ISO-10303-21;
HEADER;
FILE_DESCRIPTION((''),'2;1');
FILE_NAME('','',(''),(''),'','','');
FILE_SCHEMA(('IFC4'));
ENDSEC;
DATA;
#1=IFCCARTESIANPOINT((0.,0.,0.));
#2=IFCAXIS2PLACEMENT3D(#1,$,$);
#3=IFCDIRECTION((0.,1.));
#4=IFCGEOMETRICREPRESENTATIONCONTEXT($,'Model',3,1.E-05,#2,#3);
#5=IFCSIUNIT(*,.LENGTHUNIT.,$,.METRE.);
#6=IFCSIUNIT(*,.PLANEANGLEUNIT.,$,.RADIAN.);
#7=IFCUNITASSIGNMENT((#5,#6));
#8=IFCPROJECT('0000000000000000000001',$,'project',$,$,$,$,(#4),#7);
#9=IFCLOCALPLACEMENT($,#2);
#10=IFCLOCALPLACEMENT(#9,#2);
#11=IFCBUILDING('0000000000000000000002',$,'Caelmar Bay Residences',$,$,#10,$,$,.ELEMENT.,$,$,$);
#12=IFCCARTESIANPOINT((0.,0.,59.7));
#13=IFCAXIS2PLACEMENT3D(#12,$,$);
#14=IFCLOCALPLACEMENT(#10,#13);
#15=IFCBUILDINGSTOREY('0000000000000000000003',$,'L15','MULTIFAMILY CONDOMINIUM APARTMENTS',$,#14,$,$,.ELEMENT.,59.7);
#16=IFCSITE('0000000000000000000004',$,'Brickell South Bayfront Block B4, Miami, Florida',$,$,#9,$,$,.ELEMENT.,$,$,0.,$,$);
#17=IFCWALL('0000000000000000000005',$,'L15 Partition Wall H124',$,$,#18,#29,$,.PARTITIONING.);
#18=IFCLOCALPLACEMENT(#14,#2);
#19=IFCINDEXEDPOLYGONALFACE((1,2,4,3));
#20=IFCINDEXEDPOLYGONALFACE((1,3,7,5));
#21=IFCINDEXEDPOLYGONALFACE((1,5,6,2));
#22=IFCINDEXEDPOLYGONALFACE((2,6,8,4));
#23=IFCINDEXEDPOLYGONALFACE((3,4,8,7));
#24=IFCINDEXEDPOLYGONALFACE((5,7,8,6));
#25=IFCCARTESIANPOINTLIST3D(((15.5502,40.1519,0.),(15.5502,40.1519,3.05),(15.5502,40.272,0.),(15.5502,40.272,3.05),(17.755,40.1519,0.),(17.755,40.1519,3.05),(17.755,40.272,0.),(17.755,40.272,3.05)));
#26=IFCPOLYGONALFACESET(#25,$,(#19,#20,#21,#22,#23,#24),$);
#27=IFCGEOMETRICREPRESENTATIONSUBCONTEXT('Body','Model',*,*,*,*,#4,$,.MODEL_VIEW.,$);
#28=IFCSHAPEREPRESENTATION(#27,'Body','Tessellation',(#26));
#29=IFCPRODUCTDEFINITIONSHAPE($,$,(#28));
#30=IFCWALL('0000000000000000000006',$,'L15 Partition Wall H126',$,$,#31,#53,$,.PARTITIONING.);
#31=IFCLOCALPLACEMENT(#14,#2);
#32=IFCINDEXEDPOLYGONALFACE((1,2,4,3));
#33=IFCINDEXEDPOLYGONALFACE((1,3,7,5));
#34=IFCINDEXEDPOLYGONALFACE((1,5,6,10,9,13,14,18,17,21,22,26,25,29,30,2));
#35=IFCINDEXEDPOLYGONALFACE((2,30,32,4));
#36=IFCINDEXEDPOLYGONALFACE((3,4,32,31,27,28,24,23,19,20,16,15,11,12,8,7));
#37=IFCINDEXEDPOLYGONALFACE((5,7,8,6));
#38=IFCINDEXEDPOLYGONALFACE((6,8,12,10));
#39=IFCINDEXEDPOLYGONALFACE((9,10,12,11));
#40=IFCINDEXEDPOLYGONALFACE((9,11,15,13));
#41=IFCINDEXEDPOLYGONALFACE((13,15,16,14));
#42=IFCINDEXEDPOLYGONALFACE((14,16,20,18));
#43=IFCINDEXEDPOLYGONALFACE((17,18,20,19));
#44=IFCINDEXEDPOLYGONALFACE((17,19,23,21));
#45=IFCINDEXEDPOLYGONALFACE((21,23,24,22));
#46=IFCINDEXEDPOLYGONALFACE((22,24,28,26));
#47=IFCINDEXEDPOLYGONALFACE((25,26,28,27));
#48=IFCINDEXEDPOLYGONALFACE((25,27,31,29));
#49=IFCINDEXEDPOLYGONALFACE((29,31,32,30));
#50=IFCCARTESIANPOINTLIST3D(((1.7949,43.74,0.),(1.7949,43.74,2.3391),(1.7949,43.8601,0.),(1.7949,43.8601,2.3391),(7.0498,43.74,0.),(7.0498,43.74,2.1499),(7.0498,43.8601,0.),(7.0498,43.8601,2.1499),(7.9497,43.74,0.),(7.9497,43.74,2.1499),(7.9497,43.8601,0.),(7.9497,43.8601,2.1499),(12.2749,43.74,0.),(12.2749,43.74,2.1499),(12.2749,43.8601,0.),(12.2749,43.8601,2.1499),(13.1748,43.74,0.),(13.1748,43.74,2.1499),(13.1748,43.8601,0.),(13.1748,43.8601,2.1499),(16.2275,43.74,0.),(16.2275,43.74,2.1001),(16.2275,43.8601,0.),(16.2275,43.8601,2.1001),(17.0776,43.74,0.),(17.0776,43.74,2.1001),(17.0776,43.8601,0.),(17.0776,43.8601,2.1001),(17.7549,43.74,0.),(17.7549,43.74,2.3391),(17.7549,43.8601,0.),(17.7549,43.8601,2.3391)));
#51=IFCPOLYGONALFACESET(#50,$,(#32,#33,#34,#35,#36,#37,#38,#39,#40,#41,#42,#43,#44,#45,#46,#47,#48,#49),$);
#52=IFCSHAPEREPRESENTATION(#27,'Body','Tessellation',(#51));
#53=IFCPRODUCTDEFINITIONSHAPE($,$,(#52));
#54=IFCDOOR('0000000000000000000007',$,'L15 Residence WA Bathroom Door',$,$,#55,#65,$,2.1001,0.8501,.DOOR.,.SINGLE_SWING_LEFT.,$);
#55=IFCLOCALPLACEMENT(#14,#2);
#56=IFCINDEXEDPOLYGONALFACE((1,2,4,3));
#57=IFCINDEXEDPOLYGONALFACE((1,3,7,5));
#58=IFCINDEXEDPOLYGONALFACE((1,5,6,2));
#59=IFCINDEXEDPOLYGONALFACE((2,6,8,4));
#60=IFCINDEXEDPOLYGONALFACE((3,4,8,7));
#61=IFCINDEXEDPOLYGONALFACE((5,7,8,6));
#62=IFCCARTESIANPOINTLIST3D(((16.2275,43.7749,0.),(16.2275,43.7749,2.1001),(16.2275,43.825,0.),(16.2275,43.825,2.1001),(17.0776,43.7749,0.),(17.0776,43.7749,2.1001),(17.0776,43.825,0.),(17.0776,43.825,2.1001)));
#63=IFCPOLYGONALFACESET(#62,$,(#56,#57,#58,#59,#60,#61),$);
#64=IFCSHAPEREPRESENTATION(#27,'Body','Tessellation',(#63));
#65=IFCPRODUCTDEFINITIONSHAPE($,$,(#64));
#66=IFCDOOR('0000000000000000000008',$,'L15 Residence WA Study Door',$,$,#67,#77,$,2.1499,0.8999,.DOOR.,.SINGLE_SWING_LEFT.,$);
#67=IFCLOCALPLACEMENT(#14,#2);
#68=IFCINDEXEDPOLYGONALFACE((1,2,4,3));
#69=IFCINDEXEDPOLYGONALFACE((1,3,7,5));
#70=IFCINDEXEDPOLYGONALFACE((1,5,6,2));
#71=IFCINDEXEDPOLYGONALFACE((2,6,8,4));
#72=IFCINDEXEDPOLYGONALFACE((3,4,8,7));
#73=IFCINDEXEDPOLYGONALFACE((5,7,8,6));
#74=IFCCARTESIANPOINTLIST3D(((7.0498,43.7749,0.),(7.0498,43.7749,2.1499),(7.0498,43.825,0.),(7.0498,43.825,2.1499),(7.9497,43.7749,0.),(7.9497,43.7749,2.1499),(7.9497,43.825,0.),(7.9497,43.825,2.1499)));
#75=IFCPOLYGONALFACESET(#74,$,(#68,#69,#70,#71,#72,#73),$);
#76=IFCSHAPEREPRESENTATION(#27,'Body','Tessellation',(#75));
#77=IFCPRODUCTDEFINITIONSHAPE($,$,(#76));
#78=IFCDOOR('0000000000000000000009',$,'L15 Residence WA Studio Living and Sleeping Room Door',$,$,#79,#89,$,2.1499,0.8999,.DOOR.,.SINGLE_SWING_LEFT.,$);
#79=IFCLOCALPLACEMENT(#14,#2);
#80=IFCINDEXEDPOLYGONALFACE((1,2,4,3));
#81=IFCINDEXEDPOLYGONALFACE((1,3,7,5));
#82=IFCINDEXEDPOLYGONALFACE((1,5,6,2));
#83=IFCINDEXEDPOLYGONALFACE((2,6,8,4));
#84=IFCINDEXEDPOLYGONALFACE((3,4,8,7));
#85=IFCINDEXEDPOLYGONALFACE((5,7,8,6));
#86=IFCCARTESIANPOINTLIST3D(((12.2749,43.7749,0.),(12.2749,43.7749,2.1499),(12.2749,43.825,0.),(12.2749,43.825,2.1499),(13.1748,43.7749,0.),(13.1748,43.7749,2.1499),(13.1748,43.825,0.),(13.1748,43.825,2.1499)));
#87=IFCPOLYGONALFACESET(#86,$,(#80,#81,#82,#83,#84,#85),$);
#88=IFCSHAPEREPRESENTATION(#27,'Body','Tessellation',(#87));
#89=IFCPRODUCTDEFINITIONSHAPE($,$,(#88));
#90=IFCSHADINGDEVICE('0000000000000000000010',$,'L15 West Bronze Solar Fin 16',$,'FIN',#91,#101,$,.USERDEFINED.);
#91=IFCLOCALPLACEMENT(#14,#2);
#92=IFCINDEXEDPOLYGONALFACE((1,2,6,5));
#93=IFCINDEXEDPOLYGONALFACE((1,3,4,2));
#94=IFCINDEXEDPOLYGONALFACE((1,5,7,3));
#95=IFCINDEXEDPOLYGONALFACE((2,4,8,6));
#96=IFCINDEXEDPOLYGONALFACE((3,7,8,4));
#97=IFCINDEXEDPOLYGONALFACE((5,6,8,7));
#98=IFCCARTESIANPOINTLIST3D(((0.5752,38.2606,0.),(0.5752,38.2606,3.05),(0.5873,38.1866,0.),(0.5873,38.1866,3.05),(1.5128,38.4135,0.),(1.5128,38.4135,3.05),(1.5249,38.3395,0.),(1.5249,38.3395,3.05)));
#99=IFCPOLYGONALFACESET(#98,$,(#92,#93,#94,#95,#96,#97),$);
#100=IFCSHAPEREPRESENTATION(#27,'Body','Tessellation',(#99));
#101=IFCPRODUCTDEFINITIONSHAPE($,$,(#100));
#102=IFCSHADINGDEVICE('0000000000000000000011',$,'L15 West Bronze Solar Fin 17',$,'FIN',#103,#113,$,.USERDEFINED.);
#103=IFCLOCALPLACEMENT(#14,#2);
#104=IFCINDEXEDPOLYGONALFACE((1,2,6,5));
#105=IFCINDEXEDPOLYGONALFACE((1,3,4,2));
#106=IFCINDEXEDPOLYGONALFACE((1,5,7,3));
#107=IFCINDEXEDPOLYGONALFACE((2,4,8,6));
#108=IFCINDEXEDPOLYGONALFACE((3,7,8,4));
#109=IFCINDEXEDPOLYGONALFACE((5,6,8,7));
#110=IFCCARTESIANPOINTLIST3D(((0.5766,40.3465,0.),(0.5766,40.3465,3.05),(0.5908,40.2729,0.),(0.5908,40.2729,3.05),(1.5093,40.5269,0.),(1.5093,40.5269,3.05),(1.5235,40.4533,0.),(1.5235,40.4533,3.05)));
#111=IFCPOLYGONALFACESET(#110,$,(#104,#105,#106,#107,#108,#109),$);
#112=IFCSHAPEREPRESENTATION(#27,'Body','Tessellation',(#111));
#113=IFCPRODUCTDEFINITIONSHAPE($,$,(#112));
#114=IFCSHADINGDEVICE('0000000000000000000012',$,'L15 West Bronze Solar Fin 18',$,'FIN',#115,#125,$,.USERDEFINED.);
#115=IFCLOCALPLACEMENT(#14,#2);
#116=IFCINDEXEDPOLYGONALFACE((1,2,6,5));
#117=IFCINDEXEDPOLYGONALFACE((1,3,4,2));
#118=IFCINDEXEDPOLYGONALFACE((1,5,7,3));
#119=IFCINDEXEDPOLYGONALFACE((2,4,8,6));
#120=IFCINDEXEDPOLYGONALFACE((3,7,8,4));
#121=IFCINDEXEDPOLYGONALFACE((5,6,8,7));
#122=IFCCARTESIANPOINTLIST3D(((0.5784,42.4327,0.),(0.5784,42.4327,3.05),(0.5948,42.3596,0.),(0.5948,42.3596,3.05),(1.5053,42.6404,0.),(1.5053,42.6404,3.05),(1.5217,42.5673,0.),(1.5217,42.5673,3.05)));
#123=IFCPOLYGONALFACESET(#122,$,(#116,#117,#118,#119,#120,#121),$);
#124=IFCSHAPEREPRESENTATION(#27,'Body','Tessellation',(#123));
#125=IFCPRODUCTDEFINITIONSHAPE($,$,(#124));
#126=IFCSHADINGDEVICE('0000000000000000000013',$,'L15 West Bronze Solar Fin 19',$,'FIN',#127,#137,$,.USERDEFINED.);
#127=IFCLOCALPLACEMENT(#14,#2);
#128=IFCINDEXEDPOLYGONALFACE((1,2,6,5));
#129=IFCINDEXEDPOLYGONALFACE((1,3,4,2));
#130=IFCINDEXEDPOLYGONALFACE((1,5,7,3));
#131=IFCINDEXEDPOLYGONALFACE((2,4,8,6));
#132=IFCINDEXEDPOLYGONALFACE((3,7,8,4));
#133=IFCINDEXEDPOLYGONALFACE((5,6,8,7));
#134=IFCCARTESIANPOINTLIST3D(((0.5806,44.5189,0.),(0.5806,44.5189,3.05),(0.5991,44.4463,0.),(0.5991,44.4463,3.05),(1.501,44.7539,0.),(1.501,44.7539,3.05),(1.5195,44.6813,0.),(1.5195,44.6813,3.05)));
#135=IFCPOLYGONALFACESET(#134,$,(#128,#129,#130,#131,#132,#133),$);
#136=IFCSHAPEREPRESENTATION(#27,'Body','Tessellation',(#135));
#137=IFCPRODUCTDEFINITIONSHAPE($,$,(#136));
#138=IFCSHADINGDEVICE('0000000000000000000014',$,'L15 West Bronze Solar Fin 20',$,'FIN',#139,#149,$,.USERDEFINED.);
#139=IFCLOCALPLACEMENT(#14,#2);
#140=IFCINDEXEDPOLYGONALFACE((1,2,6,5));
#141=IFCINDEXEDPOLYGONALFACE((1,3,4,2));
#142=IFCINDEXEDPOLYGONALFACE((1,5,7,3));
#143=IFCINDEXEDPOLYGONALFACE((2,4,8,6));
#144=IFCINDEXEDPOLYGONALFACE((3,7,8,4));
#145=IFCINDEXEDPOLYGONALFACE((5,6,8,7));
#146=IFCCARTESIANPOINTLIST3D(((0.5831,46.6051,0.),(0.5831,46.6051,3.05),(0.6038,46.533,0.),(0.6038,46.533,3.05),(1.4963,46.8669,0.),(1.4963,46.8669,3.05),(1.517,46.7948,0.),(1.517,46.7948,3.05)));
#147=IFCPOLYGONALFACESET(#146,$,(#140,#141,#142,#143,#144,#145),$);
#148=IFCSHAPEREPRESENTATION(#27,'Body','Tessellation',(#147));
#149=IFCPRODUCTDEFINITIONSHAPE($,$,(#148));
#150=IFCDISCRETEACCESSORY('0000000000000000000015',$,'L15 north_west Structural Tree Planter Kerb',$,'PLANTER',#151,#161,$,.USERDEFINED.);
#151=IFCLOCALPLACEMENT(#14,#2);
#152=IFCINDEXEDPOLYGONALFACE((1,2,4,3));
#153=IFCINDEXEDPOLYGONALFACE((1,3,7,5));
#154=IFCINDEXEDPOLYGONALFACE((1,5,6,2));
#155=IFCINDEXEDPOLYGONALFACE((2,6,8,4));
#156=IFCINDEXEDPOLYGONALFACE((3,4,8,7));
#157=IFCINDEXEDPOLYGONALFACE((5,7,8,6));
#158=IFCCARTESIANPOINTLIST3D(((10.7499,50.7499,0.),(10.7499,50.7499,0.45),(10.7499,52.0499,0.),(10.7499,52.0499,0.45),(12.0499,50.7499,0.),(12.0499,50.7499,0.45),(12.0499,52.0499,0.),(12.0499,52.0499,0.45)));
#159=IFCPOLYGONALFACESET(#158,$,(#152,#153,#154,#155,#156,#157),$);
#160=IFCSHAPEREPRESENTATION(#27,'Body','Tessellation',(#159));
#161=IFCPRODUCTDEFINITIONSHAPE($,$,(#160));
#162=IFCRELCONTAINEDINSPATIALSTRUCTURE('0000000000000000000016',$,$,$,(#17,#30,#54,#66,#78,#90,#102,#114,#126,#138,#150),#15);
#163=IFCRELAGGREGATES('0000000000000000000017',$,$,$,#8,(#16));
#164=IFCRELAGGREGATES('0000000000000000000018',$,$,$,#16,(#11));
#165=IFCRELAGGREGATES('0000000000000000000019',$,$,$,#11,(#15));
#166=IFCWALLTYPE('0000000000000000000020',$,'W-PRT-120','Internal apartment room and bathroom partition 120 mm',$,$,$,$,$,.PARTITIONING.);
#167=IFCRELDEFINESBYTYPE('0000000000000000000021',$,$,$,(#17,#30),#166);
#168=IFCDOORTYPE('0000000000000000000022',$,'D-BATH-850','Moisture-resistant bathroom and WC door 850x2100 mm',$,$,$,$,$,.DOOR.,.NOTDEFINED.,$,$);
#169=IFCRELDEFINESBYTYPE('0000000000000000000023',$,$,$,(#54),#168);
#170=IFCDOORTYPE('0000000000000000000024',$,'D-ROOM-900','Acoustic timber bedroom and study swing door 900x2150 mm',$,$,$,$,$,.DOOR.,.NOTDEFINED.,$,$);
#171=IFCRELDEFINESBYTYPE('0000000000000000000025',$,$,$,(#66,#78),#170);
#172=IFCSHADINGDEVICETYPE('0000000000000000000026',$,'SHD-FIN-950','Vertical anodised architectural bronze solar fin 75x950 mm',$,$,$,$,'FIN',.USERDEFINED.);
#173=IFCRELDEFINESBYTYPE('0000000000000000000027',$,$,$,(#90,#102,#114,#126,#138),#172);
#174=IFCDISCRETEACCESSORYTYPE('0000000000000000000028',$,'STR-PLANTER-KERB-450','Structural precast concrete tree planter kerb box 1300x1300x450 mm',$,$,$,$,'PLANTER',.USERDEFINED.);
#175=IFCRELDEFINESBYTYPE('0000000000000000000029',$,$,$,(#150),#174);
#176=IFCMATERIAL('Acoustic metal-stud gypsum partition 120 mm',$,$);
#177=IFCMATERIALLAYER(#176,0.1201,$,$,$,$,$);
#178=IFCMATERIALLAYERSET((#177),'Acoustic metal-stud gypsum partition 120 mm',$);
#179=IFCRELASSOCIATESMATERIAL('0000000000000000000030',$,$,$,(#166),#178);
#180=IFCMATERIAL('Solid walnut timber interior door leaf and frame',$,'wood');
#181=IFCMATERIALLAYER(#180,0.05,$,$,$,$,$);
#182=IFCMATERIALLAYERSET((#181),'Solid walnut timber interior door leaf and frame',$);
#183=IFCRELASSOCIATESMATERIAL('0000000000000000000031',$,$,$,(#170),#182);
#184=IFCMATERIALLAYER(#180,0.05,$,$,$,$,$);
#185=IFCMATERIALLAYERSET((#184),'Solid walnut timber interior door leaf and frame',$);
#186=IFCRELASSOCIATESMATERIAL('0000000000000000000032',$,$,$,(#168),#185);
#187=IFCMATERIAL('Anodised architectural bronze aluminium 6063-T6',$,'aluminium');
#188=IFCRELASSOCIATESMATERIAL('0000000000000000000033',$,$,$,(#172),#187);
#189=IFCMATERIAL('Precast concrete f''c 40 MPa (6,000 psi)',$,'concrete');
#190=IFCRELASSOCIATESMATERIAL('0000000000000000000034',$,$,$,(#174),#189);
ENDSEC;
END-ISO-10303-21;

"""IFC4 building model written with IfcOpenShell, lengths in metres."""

from ifc_helpers import new_model, si_unit, direction, frame, frame_2d, origin, origin_2d, place, context, subcontext, project, spatial, rectangle, extrude, material, layer, layer_set, material_profile, profile_set, type_object, element, fill, save


model = new_model("IFC4")

# Units and contexts
model_context = context("Model", 3, precision=1e-05, world=origin(), true_north=direction((0.0, 1.0)))
body_context = subcontext(model_context, "Body", "Model", "MODEL_VIEW")
ifc_project = project(units=[si_unit("LENGTHUNIT", "METRE"), si_unit("PLANEANGLEUNIT", "RADIAN")], contexts=[model_context])

# Site, building, storey
site_placement = place(None, origin())
site = spatial("IfcSite", under=ifc_project, at=site_placement, Name="Brickell South Bayfront Block B4, Miami, Florida", CompositionType="ELEMENT", RefElevation=0.0)
building_placement = place(site_placement, origin())
building = spatial("IfcBuilding", under=site, at=building_placement, Name="Caelmar Bay Residences", CompositionType="ELEMENT")
storey_placement = place(building_placement, frame((0.0, 0.0, 59.7)))
storey = spatial("IfcBuildingStorey", under=building, at=storey_placement, Name="L15", Description="MULTIFAMILY CONDOMINIUM APARTMENTS", CompositionType="ELEMENT", Elevation=59.7)

# Shared definitions
ifc_material_1 = material(Name="Precast concrete f'c 40 MPa (6,000 psi)", Category="concrete")

# Shared definitions
ifc_material_2 = material(Name="Acoustic metal-stud gypsum partition 120 mm")
ifc_layer_1 = layer(ifc_material_2, 0.1201)
ifc_layer_set_1 = layer_set([ifc_layer_1], Name="Acoustic metal-stud gypsum partition 120 mm")
wall_type_1 = type_object("IfcWallType", Name="W-PRT-120", Description="Internal apartment room and bathroom partition 120 mm", PredefinedType="PARTITIONING", material=ifc_layer_set_1)
ifc_material_3 = material(Name="Solid walnut timber interior door leaf and frame", Category="wood")
ifc_layer_2 = layer(ifc_material_3, 0.05)
ifc_layer_set_2 = layer_set([ifc_layer_2], Name="Solid walnut timber interior door leaf and frame")
door_type_1 = type_object("IfcDoorType", Name="D-ROOM-900", Description="Acoustic timber bedroom and study swing door 900x2150 mm", OperationType="NOTDEFINED", PredefinedType="DOOR", material=ifc_layer_set_2)

# Wall
wall_1_placement = place(storey_placement, frame((15.55, 40.2119, 0.0), z_axis=(0.0, 0.0, 1.0), x_axis=(1.0, 0.0, 0.0)))
element("IfcWall", 1, at=wall_1_placement, inside=storey, type_object=wall_type_1, Name="L15 Partition Wall H124", PredefinedType="PARTITIONING", context=body_context, shape_type="SweptSolid", body=[
    extrude(rectangle(XDim=2.2048, YDim=0.1201, at=frame_2d((1.1025, 0.0))), origin(), (0.0, 0.0, 1.0), 3.05),
])

# Wall, openings, doors
wall_2_placement = place(storey_placement, frame((1.7949, 43.8, 0.0), z_axis=(0.0, 0.0, 1.0), x_axis=(1.0, 0.0, 0.0)))
wall_2 = element("IfcWall", 2, at=wall_2_placement, inside=storey, type_object=wall_type_1, Name="L15 Partition Wall H126", PredefinedType="PARTITIONING", context=body_context, shape_type="SweptSolid", body=[
    extrude(rectangle(XDim=15.96, YDim=0.1201, at=frame_2d((7.98, 0.0))), origin(), (0.0, 0.0, 1.0), 2.3391),
])
opening_1_placement = place(wall_2_placement, frame((5.2549, 0.0, 0.0)))
opening_1 = element("IfcOpeningElement", 3, at=opening_1_placement, cuts=wall_2, PredefinedType="OPENING", context=body_context, shape_type="SweptSolid", body=[
    extrude(rectangle(XDim=0.8999, YDim=2.1499, at=frame_2d((0.45, 1.075))), frame((0.0, 0.0701, 0.0), z_axis=(0.0, -1.0, 0.0), x_axis=(1.0, 0.0, 0.0)), (0.0, 0.0, 1.0), 0.1401),
])
opening_2_placement = place(wall_2_placement, frame((10.48, 0.0, 0.0)))
opening_2 = element("IfcOpeningElement", 4, at=opening_2_placement, cuts=wall_2, PredefinedType="OPENING", context=body_context, shape_type="SweptSolid", body=[
    extrude(rectangle(XDim=0.8999, YDim=2.1499, at=frame_2d((0.45, 1.075))), frame((0.0, 0.0701, 0.0), z_axis=(0.0, -1.0, 0.0), x_axis=(1.0, 0.0, 0.0)), (0.0, 0.0, 1.0), 0.1401),
])
opening_3_placement = place(wall_2_placement, frame((14.4326, 0.0, 0.0)))
opening_3 = element("IfcOpeningElement", 5, at=opening_3_placement, cuts=wall_2, PredefinedType="OPENING", context=body_context, shape_type="SweptSolid", body=[
    extrude(rectangle(XDim=0.8501, YDim=2.1001, at=frame_2d((0.425, 1.05))), frame((0.0, 0.0701, 0.0), z_axis=(0.0, -1.0, 0.0), x_axis=(1.0, 0.0, 0.0)), (0.0, 0.0, 1.0), 0.1401),
])
ifc_layer_3 = layer(ifc_material_3, 0.05)
ifc_layer_set_3 = layer_set([ifc_layer_3], Name="Solid walnut timber interior door leaf and frame")
door_type_2 = type_object("IfcDoorType", Name="D-BATH-850", Description="Moisture-resistant bathroom and WC door 850x2100 mm", OperationType="NOTDEFINED", PredefinedType="DOOR", material=ifc_layer_set_3)
door_1_placement = place(opening_3_placement, origin())
door_1 = element("IfcDoor", 6, at=door_1_placement, inside=storey, type_object=door_type_2, Name="L15 Residence WA Bathroom Door", OperationType="SINGLE_SWING_LEFT", OverallHeight=2.1001, OverallWidth=0.8501, PredefinedType="DOOR", context=body_context, shape_type="SweptSolid", body=[
    extrude(rectangle(XDim=0.8501, YDim=2.1001, at=frame_2d((0.425, 1.05))), frame((0.0, 0.0249, 0.0), z_axis=(0.0, -1.0, 0.0), x_axis=(1.0, 0.0, 0.0)), (0.0, 0.0, 1.0), 0.05),
])
fill(opening_3, door_1)
door_2_placement = place(opening_1_placement, origin())
door_2 = element("IfcDoor", 7, at=door_2_placement, inside=storey, type_object=door_type_1, Name="L15 Residence WA Study Door", OperationType="SINGLE_SWING_LEFT", OverallHeight=2.1499, OverallWidth=0.8999, PredefinedType="DOOR", context=body_context, shape_type="SweptSolid", body=[
    extrude(rectangle(XDim=0.8999, YDim=2.1499, at=frame_2d((0.45, 1.075))), frame((0.0, 0.0249, 0.0), z_axis=(0.0, -1.0, 0.0), x_axis=(1.0, 0.0, 0.0)), (0.0, 0.0, 1.0), 0.05),
])
fill(opening_1, door_2)
door_3_placement = place(opening_2_placement, origin())
door_3 = element("IfcDoor", 8, at=door_3_placement, inside=storey, type_object=door_type_1, Name="L15 Residence WA Studio Living and Sleeping Room Door", OperationType="SINGLE_SWING_LEFT", OverallHeight=2.1499, OverallWidth=0.8999, PredefinedType="DOOR", context=body_context, shape_type="SweptSolid", body=[
    extrude(rectangle(XDim=0.8999, YDim=2.1499, at=frame_2d((0.45, 1.075))), frame((0.0, 0.0249, 0.0), z_axis=(0.0, -1.0, 0.0), x_axis=(1.0, 0.0, 0.0)), (0.0, 0.0, 1.0), 0.05),
])
fill(opening_2, door_3)

# Shading devices
ifc_material_4 = material(Name="Anodised architectural bronze aluminium 6063-T6", Category="aluminium")
ifc_material_profile_1 = material_profile(ifc_material_4, rectangle(XDim=0.075, YDim=0.95, at=origin_2d()), Name="BRONZE-FIN-75X950")
ifc_profile_set_1 = profile_set([ifc_material_profile_1], Name="Anodised architectural bronze aluminium 6063-T6")
shading_device_type = type_object("IfcShadingDeviceType", Name="SHD-FIN-950", Description="Vertical anodised architectural bronze solar fin 75x950 mm", ElementType="FIN", PredefinedType="USERDEFINED", material=ifc_profile_set_1)
for number, where, z_axis, x_axis, name in (
    (9, (1.05, 38.3, 0.0), (0.0, 0.0, 1.0), (-0.160915, 0.986968, 0.0), "L15 West Bronze Solar Fin 16"),
    (10, (1.05, 40.3999, 0.0), (0.0, 0.0, 1.0), (-0.189952, 0.981793, 0.0), "L15 West Bronze Solar Fin 17"),
    (11, (1.05, 42.5, 0.0), (0.0, 0.0, 1.0), (-0.218654, 0.975802, 0.0), "L15 West Bronze Solar Fin 18"),
    (12, (1.05, 44.6001, 0.0), (0.0, 0.0, 1.0), (-0.247337, 0.968929, 0.0), "L15 West Bronze Solar Fin 19"),
    (13, (1.05, 46.7, 0.0), (0.0, 0.0, 1.0), (-0.275637, 0.961262, 0.0), "L15 West Bronze Solar Fin 20"),
):
    element("IfcShadingDevice", number, at=place(storey_placement, frame(where, z_axis=z_axis, x_axis=x_axis)), inside=storey, type_object=shading_device_type, Name=name, ObjectType="FIN", PredefinedType="USERDEFINED", context=body_context, shape_type="SweptSolid", body=[
        extrude(rectangle(XDim=0.075, YDim=0.95, at=origin_2d()), origin(), (0.0, 0.0, 1.0), 3.05),
    ])

# Discrete accessory
discrete_accessory_type = type_object("IfcDiscreteAccessoryType", Name="STR-PLANTER-KERB-450", Description="Structural precast concrete tree planter kerb box 1300x1300x450 mm", ElementType="PLANTER", PredefinedType="USERDEFINED", material=ifc_material_1)
discrete_accessory_placement = place(storey_placement, frame((11.3999, 51.3999, 0.0), z_axis=(0.0, 0.0, 1.0), x_axis=(1.0, 0.0, 0.0)))
element("IfcDiscreteAccessory", 14, at=discrete_accessory_placement, inside=storey, type_object=discrete_accessory_type, Name="L15 north_west Structural Tree Planter Kerb", ObjectType="PLANTER", PredefinedType="USERDEFINED", context=body_context, shape_type="SweptSolid", body=[
    extrude(rectangle(XDim=1.3, YDim=1.3, at=origin_2d()), origin(), (0.0, 0.0, 1.0), 0.45),
])

save(model, "model.ifc")
